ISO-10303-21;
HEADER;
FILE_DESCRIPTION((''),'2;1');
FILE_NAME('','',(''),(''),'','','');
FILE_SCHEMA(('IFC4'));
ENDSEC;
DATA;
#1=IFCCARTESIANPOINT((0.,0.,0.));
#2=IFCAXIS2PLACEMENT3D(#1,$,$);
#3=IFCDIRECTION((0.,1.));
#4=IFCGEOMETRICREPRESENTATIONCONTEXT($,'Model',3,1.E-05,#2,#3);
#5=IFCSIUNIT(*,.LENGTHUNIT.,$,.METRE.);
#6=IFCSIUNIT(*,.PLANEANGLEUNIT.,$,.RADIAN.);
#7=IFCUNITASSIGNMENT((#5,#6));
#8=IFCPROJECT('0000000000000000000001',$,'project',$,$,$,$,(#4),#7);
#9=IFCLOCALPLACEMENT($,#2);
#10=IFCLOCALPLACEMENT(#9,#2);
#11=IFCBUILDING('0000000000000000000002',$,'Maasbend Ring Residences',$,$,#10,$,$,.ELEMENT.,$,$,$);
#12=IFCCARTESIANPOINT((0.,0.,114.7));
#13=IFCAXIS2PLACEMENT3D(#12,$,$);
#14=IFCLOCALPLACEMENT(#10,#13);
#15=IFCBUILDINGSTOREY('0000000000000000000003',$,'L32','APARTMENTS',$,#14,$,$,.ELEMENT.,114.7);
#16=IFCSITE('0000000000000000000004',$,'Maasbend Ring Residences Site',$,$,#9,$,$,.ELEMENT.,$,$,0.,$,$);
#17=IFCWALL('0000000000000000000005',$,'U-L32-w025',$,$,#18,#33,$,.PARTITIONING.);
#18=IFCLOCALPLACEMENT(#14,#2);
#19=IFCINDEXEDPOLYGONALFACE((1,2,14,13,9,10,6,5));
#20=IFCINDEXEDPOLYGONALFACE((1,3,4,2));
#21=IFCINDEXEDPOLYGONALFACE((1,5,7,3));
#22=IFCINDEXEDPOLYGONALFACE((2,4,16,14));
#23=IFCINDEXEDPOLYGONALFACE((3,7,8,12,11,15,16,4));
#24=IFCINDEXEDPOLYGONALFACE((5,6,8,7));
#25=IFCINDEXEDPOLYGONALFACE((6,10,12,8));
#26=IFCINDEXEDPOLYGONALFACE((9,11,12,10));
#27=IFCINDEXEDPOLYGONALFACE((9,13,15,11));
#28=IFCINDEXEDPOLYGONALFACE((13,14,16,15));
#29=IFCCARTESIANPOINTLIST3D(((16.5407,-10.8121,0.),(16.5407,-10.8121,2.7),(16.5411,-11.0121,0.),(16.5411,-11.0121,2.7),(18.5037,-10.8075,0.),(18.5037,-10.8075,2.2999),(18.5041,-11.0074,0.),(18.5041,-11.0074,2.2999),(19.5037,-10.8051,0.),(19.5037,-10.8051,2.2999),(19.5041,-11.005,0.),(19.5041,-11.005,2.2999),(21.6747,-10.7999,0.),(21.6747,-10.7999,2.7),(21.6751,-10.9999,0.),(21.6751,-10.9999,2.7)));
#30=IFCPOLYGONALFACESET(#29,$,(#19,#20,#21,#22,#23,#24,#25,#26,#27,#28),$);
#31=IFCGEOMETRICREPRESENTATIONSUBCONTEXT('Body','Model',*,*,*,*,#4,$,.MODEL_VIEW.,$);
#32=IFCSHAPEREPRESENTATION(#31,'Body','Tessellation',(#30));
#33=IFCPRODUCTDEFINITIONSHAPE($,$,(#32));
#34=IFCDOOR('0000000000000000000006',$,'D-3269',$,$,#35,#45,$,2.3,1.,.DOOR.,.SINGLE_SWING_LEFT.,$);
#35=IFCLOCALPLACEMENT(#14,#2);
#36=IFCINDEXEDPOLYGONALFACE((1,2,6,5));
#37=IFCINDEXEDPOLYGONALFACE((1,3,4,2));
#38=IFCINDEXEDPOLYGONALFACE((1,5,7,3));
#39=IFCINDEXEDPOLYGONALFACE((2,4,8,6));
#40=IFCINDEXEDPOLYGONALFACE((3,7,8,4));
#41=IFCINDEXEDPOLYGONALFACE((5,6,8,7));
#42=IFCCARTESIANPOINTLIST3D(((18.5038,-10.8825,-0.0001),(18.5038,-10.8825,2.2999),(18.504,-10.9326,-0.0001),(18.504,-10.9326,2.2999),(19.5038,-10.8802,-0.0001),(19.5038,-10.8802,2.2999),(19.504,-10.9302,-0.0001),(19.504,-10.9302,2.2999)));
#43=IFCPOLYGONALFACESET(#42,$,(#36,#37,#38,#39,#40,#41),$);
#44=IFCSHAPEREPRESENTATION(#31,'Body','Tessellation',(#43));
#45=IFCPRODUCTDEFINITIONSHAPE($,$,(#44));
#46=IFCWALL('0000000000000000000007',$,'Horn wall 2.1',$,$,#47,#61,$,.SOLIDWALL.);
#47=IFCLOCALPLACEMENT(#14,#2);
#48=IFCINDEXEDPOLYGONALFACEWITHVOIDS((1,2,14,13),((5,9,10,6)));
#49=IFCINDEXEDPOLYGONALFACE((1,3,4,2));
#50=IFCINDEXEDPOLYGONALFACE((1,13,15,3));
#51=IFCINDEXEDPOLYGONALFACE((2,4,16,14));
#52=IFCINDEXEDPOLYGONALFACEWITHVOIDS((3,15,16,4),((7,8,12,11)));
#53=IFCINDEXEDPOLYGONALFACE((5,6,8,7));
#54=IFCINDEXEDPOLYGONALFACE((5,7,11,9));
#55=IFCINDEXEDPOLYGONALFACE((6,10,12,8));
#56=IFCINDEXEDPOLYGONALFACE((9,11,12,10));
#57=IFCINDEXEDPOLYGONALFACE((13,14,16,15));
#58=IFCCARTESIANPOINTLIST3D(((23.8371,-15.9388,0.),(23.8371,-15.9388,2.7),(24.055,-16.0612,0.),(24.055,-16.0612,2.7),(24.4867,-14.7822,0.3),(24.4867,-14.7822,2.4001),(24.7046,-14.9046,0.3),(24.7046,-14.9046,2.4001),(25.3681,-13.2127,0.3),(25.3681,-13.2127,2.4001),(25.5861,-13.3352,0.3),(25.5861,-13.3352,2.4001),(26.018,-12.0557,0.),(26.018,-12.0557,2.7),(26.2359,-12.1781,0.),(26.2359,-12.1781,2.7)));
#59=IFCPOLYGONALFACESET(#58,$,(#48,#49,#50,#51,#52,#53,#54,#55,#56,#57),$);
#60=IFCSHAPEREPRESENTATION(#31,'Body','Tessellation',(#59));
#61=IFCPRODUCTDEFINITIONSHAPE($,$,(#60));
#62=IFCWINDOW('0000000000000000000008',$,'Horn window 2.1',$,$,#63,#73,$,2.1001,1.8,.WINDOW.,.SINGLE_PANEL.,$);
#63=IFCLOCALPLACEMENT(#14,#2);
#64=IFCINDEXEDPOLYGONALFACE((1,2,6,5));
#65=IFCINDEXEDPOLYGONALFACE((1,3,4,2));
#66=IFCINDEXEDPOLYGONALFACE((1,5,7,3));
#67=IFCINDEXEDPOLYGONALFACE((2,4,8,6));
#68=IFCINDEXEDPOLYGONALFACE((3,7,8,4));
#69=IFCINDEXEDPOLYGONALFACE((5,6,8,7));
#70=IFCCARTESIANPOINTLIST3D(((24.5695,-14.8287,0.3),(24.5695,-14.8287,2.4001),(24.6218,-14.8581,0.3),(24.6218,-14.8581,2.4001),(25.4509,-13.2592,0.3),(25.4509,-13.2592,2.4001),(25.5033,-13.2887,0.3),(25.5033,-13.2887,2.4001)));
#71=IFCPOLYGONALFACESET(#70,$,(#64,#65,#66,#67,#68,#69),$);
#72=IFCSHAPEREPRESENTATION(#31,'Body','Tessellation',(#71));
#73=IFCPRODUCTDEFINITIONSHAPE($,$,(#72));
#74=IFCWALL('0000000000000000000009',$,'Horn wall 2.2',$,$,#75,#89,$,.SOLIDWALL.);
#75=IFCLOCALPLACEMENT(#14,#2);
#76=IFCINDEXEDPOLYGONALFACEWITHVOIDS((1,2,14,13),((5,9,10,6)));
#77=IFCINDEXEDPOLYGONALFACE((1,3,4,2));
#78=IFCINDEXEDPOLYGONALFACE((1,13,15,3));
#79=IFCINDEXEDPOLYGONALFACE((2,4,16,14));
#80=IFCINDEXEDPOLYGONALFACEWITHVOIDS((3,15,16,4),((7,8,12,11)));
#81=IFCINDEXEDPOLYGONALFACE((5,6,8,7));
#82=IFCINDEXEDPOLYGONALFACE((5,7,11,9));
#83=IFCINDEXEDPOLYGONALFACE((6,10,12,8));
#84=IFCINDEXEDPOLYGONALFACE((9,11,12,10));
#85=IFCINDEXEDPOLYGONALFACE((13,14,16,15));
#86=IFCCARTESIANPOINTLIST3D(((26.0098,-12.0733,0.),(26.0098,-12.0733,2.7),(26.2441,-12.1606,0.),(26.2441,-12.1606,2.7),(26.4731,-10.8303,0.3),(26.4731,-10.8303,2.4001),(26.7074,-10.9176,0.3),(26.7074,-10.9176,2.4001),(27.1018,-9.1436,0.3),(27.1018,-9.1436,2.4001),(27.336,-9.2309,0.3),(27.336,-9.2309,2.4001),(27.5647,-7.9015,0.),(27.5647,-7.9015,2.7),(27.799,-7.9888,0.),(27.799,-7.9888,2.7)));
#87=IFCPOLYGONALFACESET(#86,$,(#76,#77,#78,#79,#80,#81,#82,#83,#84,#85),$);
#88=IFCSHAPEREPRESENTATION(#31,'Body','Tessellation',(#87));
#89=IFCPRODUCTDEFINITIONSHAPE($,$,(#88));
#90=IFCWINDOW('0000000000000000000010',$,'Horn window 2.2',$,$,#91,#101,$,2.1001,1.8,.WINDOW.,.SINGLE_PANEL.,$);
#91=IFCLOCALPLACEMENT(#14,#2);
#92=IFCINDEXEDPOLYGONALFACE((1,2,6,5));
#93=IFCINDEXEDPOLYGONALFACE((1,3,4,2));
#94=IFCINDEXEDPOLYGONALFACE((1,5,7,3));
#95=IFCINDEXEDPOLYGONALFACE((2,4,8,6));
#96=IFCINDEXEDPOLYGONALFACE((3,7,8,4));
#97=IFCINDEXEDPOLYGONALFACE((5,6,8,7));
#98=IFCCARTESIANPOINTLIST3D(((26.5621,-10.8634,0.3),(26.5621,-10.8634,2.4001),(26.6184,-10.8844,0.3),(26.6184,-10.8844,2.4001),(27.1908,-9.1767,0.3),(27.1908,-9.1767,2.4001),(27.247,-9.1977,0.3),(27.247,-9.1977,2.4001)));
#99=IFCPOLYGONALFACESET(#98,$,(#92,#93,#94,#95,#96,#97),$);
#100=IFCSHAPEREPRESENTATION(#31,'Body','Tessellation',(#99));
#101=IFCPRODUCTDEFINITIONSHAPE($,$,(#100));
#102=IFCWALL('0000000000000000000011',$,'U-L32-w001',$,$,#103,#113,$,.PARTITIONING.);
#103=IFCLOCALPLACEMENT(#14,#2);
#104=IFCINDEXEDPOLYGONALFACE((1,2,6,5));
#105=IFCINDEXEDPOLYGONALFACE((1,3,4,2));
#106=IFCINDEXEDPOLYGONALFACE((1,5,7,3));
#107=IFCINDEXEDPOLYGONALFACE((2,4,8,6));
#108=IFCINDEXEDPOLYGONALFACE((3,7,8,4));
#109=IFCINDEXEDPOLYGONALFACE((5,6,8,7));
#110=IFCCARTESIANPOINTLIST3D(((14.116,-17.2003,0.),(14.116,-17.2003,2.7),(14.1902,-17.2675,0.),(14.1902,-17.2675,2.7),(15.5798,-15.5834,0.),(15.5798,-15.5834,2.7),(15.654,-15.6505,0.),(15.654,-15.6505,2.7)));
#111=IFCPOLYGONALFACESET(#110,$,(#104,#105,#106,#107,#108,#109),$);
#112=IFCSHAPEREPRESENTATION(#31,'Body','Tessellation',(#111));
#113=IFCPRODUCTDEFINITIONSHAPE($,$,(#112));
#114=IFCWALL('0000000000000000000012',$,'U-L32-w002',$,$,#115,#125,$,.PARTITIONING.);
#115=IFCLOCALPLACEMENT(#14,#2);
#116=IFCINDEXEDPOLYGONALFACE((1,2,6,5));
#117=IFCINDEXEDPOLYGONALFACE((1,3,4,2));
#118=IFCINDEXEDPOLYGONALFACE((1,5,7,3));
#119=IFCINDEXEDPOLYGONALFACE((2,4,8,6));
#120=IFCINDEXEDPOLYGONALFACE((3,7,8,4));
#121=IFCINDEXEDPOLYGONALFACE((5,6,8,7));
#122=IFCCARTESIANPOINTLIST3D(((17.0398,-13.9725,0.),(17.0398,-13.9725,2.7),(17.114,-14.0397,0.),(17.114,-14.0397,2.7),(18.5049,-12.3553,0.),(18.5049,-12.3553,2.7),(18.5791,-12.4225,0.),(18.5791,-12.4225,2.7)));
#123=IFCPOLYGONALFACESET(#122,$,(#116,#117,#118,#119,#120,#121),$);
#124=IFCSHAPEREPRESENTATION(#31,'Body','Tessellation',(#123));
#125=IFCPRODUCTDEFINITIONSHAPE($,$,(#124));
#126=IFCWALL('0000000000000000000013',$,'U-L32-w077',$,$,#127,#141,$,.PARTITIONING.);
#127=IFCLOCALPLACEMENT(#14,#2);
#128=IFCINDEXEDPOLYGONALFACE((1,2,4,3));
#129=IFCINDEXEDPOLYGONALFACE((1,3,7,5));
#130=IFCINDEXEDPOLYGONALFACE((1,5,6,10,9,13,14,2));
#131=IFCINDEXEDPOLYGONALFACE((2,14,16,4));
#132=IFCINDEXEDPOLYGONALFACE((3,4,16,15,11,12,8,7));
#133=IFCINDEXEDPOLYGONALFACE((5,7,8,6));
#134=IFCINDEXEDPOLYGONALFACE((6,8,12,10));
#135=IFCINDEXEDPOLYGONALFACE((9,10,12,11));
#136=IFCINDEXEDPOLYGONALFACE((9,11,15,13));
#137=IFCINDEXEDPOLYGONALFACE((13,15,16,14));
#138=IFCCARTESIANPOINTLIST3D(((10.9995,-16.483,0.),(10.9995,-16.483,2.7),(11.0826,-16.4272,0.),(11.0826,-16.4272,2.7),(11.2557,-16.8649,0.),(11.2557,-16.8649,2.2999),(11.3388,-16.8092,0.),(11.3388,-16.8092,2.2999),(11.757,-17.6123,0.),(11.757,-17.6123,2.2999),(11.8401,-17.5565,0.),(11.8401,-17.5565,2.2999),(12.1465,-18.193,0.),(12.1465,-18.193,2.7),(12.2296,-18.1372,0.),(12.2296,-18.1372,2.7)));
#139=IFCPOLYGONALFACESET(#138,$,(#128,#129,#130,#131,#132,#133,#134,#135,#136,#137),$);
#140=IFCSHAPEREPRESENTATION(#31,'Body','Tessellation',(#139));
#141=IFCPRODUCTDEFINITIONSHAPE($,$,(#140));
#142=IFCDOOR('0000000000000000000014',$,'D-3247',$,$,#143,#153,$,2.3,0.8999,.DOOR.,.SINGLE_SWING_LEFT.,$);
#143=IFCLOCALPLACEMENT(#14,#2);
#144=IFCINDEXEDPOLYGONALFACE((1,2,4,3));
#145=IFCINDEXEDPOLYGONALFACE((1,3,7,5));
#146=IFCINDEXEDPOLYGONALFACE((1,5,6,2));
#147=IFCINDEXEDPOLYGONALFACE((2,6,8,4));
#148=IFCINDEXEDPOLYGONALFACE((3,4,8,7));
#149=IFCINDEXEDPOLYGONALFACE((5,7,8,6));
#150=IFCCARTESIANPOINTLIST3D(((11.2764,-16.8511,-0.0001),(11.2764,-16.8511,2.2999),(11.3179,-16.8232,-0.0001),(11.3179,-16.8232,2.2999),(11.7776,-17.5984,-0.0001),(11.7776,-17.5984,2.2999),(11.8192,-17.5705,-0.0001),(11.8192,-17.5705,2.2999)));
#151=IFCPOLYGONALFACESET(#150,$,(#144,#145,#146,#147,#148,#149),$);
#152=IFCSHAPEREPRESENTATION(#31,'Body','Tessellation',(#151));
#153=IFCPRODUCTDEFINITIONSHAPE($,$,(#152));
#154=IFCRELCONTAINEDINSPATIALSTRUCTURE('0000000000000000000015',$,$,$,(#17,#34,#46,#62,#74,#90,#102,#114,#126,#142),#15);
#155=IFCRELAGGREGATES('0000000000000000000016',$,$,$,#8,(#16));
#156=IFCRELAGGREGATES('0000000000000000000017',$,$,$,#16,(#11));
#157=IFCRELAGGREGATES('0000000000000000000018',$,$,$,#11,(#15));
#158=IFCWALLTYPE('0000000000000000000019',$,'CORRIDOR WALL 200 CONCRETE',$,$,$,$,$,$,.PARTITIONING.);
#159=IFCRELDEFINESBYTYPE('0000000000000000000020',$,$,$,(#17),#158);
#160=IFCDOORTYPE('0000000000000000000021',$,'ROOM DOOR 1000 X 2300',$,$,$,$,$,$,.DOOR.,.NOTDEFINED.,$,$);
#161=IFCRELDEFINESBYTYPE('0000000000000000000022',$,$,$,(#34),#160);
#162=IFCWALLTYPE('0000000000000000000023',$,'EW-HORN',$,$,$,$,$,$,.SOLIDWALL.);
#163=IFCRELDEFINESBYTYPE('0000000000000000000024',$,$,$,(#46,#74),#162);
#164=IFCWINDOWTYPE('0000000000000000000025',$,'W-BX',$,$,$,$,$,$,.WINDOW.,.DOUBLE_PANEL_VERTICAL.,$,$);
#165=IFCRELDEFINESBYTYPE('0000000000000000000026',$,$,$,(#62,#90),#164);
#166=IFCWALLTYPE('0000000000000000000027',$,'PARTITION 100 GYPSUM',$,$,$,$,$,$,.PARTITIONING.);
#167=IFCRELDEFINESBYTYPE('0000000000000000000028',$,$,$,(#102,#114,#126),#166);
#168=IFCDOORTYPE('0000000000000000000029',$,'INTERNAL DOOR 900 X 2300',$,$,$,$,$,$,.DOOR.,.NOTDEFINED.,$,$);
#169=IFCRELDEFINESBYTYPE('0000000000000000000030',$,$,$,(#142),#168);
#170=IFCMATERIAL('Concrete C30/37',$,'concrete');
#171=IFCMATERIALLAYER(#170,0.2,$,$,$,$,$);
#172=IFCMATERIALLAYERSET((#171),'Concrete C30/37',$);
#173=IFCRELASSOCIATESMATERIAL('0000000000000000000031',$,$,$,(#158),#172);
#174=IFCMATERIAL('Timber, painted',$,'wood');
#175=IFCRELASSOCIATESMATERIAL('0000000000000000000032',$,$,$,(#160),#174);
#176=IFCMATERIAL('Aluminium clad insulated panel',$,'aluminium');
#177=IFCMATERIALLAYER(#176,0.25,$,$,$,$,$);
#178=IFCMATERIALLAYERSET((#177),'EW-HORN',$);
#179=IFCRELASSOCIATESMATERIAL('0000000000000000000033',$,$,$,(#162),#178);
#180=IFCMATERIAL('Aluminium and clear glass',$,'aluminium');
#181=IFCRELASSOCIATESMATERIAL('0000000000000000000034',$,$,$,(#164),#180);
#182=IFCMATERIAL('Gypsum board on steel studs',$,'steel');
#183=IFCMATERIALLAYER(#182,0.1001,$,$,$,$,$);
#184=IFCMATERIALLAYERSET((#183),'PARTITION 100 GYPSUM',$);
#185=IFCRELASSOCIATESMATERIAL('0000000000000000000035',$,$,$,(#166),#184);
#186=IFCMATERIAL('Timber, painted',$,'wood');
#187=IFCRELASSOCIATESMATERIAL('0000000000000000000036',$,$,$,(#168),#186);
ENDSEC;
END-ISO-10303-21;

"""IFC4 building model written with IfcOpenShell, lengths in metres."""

from ifc_helpers import new_model, si_unit, direction, frame, frame_2d, origin, place, context, subcontext, project, spatial, rectangle, extrude, material, layer, layer_set, type_object, element, fill, save


model = new_model("IFC4")

# Units and contexts
model_context = context("Model", 3, precision=1e-05, world=origin(), true_north=direction((0.0, 1.0)))
body_context = subcontext(model_context, "Body", "Model", "MODEL_VIEW")
ifc_project = project(units=[si_unit("LENGTHUNIT", "METRE"), si_unit("PLANEANGLEUNIT", "RADIAN")], contexts=[model_context])

# Site, building, storey
site_placement = place(None, origin())
site = spatial("IfcSite", under=ifc_project, at=site_placement, Name="Maasbend Ring Residences Site", CompositionType="ELEMENT", RefElevation=0.0)
building_placement = place(site_placement, origin())
building = spatial("IfcBuilding", under=site, at=building_placement, Name="Maasbend Ring Residences", CompositionType="ELEMENT")
storey_placement = place(building_placement, frame((0.0, 0.0, 114.7)))
storey = spatial("IfcBuildingStorey", under=building, at=storey_placement, Name="L32", Description="APARTMENTS", CompositionType="ELEMENT", Elevation=114.7)

# Wall, opening, door
ifc_material_1 = material(Name="Concrete C30/37", Category="concrete")
ifc_layer_1 = layer(ifc_material_1, 0.2)
ifc_layer_set_1 = layer_set([ifc_layer_1], Name="Concrete C30/37")
wall_type_1 = type_object("IfcWallType", Name="CORRIDOR WALL 200 CONCRETE", PredefinedType="PARTITIONING", material=ifc_layer_set_1)
wall_1_placement = place(storey_placement, frame((16.541, -10.9121, 0.0), z_axis=(0.0, 0.0, 1.0), x_axis=(0.999997, 0.002378, 0.0)))
wall_1 = element("IfcWall", 1, at=wall_1_placement, inside=storey, type_object=wall_type_1, Name="U-L32-w025", PredefinedType="PARTITIONING", context=body_context, shape_type="SweptSolid", body=[
    extrude(rectangle(XDim=5.134, YDim=0.2, at=frame_2d((2.5669, 0.0))), origin(), (0.0, 0.0, 1.0), 2.7),
])
opening_1_placement = place(wall_1_placement, frame((1.9629, 0.0, 0.0)))
opening_1 = element("IfcOpeningElement", 2, at=opening_1_placement, cuts=wall_1, PredefinedType="OPENING", context=body_context, shape_type="SweptSolid", body=[
    extrude(rectangle(XDim=1.0, YDim=2.3, at=frame_2d((0.5, 1.1499))), frame((0.0, 0.1099, 0.0), z_axis=(0.0, -1.0, 0.0), x_axis=(1.0, 0.0, 0.0)), (0.0, 0.0, 1.0), 0.22),
])
ifc_material_2 = material(Name="Timber, painted", Category="wood")
door_type_1 = type_object("IfcDoorType", Name="ROOM DOOR 1000 X 2300", OperationType="NOTDEFINED", PredefinedType="DOOR", material=ifc_material_2)
door_1_placement = place(opening_1_placement, origin())
door_1 = element("IfcDoor", 3, at=door_1_placement, inside=storey, type_object=door_type_1, Name="D-3269", OperationType="SINGLE_SWING_LEFT", OverallHeight=2.3, OverallWidth=1.0, PredefinedType="DOOR", context=body_context, shape_type="SweptSolid", body=[
    extrude(rectangle(XDim=1.0, YDim=2.3, at=frame_2d((0.5, 1.1499))), frame((0.0, 0.0249, 0.0), z_axis=(0.0, -1.0, 0.0), x_axis=(1.0, 0.0, 0.0)), (0.0, 0.0, 1.0), 0.05),
])
fill(opening_1, door_1)

# Walls, openings, windows
ifc_material_3 = material(Name="Aluminium clad insulated panel", Category="aluminium")
ifc_layer_2 = layer(ifc_material_3, 0.25)
ifc_layer_set_2 = layer_set([ifc_layer_2], Name="EW-HORN")
wall_type_2 = type_object("IfcWallType", Name="EW-HORN", PredefinedType="SOLIDWALL", material=ifc_layer_set_2)
wall_2_placement = place(storey_placement, frame((23.946, -16.0, 0.0), z_axis=(0.0, 0.0, 1.0), x_axis=(0.489696, 0.871893, 0.0)))
wall_2 = element("IfcWall", 4, at=wall_2_placement, inside=storey, type_object=wall_type_2, Name="Horn wall 2.1", PredefinedType="SOLIDWALL", context=body_context, shape_type="SweptSolid", body=[
    extrude(rectangle(XDim=4.4536, YDim=0.25, at=frame_2d((2.2268, 0.0))), origin(), (0.0, 0.0, 1.0), 2.7),
])
opening_2_placement = place(wall_2_placement, frame((1.3267, 0.0, 0.3)))
opening_2 = element("IfcOpeningElement", 5, at=opening_2_placement, cuts=wall_2, PredefinedType="OPENING", context=body_context, shape_type="SweptSolid", body=[
    extrude(rectangle(XDim=1.8, YDim=2.1001, at=frame_2d((0.8999, 1.05))), frame((0.0, 0.135, 0.0), z_axis=(0.0, -1.0, 0.0), x_axis=(1.0, 0.0, 0.0)), (0.0, 0.0, 1.0), 0.27),
])
ifc_material_4 = material(Name="Aluminium and clear glass", Category="aluminium")
window_type = type_object("IfcWindowType", Name="W-BX", PartitioningType="DOUBLE_PANEL_VERTICAL", PredefinedType="WINDOW", material=ifc_material_4)
window_1_placement = place(opening_2_placement, origin())
window_1 = element("IfcWindow", 6, at=window_1_placement, inside=storey, type_object=window_type, Name="Horn window 2.1", OverallHeight=2.1001, OverallWidth=1.8, PartitioningType="SINGLE_PANEL", PredefinedType="WINDOW", context=body_context, shape_type="SweptSolid", body=[
    extrude(rectangle(XDim=1.8, YDim=2.1001, at=frame_2d((0.8999, 1.05))), frame((0.0, 0.03, 0.0), z_axis=(0.0, -1.0, 0.0), x_axis=(1.0, 0.0, 0.0)), (0.0, 0.0, 1.0), 0.0601),
])
fill(opening_2, window_1)
wall_3_placement = place(storey_placement, frame((26.127, -12.1169, 0.0), z_axis=(0.0, 0.0, 1.0), x_axis=(0.349248, 0.93703, 0.0)))
wall_3 = element("IfcWall", 7, at=wall_3_placement, inside=storey, type_object=wall_type_2, Name="Horn wall 2.2", PredefinedType="SOLIDWALL", context=body_context, shape_type="SweptSolid", body=[
    extrude(rectangle(XDim=4.4521, YDim=0.25, at=frame_2d((2.2261, 0.0))), origin(), (0.0, 0.0, 1.0), 2.7),
])
opening_3_placement = place(wall_3_placement, frame((1.3267, 0.0, 0.3)))
opening_3 = element("IfcOpeningElement", 8, at=opening_3_placement, cuts=wall_3, PredefinedType="OPENING", context=body_context, shape_type="SweptSolid", body=[
    extrude(rectangle(XDim=1.8, YDim=2.1001, at=frame_2d((0.8999, 1.05))), frame((0.0, 0.135, 0.0), z_axis=(0.0, -1.0, 0.0), x_axis=(1.0, 0.0, 0.0)), (0.0, 0.0, 1.0), 0.27),
])
window_2_placement = place(opening_3_placement, origin())
window_2 = element("IfcWindow", 9, at=window_2_placement, inside=storey, type_object=window_type, Name="Horn window 2.2", OverallHeight=2.1001, OverallWidth=1.8, PartitioningType="SINGLE_PANEL", PredefinedType="WINDOW", context=body_context, shape_type="SweptSolid", body=[
    extrude(rectangle(XDim=1.8, YDim=2.1001, at=frame_2d((0.8999, 1.05))), frame((0.0, 0.03, 0.0), z_axis=(0.0, -1.0, 0.0), x_axis=(1.0, 0.0, 0.0)), (0.0, 0.0, 1.0), 0.0601),
])
fill(opening_3, window_2)

# Walls
ifc_material_5 = material(Name="Gypsum board on steel studs", Category="steel")
ifc_layer_3 = layer(ifc_material_5, 0.1001)
ifc_layer_set_3 = layer_set([ifc_layer_3], Name="PARTITION 100 GYPSUM")
wall_type_3 = type_object("IfcWallType", Name="PARTITION 100 GYPSUM", PredefinedType="PARTITIONING", material=ifc_layer_set_3)
wall_4_placement = place(storey_placement, frame((14.1531, -17.2339, 0.0), z_axis=(0.0, 0.0, 1.0), x_axis=(0.671145, 0.741326, 0.0)))
element("IfcWall", 10, at=wall_4_placement, inside=storey, type_object=wall_type_3, Name="U-L32-w001", PredefinedType="PARTITIONING", context=body_context, shape_type="SweptSolid", body=[
    extrude(rectangle(XDim=2.1812, YDim=0.1001, at=frame_2d((1.0906, 0.0))), origin(), (0.0, 0.0, 1.0), 2.7),
])
wall_5_placement = place(storey_placement, frame((17.0769, -14.0061, 0.0), z_axis=(0.0, 0.0, 1.0), x_axis=(0.671397, 0.741098, 0.0)))
element("IfcWall", 11, at=wall_5_placement, inside=storey, type_object=wall_type_3, Name="U-L32-w002", PredefinedType="PARTITIONING", context=body_context, shape_type="SweptSolid", body=[
    extrude(rectangle(XDim=2.1821, YDim=0.1001, at=frame_2d((1.0911, 0.0))), origin(), (0.0, 0.0, 1.0), 2.7),
])

# Wall, opening, door
wall_6_placement = place(storey_placement, frame((11.041, -16.4551, 0.0), z_axis=(0.0, 0.0, 1.0), x_axis=(0.557051, -0.830478, 0.0)))
wall_6 = element("IfcWall", 12, at=wall_6_placement, inside=storey, type_object=wall_type_3, Name="U-L32-w077", PredefinedType="PARTITIONING", context=body_context, shape_type="SweptSolid", body=[
    extrude(rectangle(XDim=2.0591, YDim=0.1001, at=frame_2d((1.0295, 0.0))), origin(), (0.0, 0.0, 1.0), 2.7),
])
opening_4_placement = place(wall_6_placement, frame((0.46, 0.0, 0.0)))
opening_4 = element("IfcOpeningElement", 13, at=opening_4_placement, cuts=wall_6, PredefinedType="OPENING", context=body_context, shape_type="SweptSolid", body=[
    extrude(rectangle(XDim=0.8999, YDim=2.3, at=frame_2d((0.45, 1.1499))), frame((0.0, 0.0601, 0.0), z_axis=(0.0, -1.0, 0.0), x_axis=(1.0, 0.0, 0.0)), (0.0, 0.0, 1.0), 0.1201),
])
ifc_material_6 = material(Name="Timber, painted", Category="wood")
door_type_2 = type_object("IfcDoorType", Name="INTERNAL DOOR 900 X 2300", OperationType="NOTDEFINED", PredefinedType="DOOR", material=ifc_material_6)
door_2_placement = place(opening_4_placement, origin())
door_2 = element("IfcDoor", 14, at=door_2_placement, inside=storey, type_object=door_type_2, Name="D-3247", OperationType="SINGLE_SWING_LEFT", OverallHeight=2.3, OverallWidth=0.8999, PredefinedType="DOOR", context=body_context, shape_type="SweptSolid", body=[
    extrude(rectangle(XDim=0.8999, YDim=2.3, at=frame_2d((0.45, 1.1499))), frame((0.0, 0.0249, 0.0), z_axis=(0.0, -1.0, 0.0), x_axis=(1.0, 0.0, 0.0)), (0.0, 0.0, 1.0), 0.05),
])
fill(opening_4, door_2)

save(model, "model.ifc")
